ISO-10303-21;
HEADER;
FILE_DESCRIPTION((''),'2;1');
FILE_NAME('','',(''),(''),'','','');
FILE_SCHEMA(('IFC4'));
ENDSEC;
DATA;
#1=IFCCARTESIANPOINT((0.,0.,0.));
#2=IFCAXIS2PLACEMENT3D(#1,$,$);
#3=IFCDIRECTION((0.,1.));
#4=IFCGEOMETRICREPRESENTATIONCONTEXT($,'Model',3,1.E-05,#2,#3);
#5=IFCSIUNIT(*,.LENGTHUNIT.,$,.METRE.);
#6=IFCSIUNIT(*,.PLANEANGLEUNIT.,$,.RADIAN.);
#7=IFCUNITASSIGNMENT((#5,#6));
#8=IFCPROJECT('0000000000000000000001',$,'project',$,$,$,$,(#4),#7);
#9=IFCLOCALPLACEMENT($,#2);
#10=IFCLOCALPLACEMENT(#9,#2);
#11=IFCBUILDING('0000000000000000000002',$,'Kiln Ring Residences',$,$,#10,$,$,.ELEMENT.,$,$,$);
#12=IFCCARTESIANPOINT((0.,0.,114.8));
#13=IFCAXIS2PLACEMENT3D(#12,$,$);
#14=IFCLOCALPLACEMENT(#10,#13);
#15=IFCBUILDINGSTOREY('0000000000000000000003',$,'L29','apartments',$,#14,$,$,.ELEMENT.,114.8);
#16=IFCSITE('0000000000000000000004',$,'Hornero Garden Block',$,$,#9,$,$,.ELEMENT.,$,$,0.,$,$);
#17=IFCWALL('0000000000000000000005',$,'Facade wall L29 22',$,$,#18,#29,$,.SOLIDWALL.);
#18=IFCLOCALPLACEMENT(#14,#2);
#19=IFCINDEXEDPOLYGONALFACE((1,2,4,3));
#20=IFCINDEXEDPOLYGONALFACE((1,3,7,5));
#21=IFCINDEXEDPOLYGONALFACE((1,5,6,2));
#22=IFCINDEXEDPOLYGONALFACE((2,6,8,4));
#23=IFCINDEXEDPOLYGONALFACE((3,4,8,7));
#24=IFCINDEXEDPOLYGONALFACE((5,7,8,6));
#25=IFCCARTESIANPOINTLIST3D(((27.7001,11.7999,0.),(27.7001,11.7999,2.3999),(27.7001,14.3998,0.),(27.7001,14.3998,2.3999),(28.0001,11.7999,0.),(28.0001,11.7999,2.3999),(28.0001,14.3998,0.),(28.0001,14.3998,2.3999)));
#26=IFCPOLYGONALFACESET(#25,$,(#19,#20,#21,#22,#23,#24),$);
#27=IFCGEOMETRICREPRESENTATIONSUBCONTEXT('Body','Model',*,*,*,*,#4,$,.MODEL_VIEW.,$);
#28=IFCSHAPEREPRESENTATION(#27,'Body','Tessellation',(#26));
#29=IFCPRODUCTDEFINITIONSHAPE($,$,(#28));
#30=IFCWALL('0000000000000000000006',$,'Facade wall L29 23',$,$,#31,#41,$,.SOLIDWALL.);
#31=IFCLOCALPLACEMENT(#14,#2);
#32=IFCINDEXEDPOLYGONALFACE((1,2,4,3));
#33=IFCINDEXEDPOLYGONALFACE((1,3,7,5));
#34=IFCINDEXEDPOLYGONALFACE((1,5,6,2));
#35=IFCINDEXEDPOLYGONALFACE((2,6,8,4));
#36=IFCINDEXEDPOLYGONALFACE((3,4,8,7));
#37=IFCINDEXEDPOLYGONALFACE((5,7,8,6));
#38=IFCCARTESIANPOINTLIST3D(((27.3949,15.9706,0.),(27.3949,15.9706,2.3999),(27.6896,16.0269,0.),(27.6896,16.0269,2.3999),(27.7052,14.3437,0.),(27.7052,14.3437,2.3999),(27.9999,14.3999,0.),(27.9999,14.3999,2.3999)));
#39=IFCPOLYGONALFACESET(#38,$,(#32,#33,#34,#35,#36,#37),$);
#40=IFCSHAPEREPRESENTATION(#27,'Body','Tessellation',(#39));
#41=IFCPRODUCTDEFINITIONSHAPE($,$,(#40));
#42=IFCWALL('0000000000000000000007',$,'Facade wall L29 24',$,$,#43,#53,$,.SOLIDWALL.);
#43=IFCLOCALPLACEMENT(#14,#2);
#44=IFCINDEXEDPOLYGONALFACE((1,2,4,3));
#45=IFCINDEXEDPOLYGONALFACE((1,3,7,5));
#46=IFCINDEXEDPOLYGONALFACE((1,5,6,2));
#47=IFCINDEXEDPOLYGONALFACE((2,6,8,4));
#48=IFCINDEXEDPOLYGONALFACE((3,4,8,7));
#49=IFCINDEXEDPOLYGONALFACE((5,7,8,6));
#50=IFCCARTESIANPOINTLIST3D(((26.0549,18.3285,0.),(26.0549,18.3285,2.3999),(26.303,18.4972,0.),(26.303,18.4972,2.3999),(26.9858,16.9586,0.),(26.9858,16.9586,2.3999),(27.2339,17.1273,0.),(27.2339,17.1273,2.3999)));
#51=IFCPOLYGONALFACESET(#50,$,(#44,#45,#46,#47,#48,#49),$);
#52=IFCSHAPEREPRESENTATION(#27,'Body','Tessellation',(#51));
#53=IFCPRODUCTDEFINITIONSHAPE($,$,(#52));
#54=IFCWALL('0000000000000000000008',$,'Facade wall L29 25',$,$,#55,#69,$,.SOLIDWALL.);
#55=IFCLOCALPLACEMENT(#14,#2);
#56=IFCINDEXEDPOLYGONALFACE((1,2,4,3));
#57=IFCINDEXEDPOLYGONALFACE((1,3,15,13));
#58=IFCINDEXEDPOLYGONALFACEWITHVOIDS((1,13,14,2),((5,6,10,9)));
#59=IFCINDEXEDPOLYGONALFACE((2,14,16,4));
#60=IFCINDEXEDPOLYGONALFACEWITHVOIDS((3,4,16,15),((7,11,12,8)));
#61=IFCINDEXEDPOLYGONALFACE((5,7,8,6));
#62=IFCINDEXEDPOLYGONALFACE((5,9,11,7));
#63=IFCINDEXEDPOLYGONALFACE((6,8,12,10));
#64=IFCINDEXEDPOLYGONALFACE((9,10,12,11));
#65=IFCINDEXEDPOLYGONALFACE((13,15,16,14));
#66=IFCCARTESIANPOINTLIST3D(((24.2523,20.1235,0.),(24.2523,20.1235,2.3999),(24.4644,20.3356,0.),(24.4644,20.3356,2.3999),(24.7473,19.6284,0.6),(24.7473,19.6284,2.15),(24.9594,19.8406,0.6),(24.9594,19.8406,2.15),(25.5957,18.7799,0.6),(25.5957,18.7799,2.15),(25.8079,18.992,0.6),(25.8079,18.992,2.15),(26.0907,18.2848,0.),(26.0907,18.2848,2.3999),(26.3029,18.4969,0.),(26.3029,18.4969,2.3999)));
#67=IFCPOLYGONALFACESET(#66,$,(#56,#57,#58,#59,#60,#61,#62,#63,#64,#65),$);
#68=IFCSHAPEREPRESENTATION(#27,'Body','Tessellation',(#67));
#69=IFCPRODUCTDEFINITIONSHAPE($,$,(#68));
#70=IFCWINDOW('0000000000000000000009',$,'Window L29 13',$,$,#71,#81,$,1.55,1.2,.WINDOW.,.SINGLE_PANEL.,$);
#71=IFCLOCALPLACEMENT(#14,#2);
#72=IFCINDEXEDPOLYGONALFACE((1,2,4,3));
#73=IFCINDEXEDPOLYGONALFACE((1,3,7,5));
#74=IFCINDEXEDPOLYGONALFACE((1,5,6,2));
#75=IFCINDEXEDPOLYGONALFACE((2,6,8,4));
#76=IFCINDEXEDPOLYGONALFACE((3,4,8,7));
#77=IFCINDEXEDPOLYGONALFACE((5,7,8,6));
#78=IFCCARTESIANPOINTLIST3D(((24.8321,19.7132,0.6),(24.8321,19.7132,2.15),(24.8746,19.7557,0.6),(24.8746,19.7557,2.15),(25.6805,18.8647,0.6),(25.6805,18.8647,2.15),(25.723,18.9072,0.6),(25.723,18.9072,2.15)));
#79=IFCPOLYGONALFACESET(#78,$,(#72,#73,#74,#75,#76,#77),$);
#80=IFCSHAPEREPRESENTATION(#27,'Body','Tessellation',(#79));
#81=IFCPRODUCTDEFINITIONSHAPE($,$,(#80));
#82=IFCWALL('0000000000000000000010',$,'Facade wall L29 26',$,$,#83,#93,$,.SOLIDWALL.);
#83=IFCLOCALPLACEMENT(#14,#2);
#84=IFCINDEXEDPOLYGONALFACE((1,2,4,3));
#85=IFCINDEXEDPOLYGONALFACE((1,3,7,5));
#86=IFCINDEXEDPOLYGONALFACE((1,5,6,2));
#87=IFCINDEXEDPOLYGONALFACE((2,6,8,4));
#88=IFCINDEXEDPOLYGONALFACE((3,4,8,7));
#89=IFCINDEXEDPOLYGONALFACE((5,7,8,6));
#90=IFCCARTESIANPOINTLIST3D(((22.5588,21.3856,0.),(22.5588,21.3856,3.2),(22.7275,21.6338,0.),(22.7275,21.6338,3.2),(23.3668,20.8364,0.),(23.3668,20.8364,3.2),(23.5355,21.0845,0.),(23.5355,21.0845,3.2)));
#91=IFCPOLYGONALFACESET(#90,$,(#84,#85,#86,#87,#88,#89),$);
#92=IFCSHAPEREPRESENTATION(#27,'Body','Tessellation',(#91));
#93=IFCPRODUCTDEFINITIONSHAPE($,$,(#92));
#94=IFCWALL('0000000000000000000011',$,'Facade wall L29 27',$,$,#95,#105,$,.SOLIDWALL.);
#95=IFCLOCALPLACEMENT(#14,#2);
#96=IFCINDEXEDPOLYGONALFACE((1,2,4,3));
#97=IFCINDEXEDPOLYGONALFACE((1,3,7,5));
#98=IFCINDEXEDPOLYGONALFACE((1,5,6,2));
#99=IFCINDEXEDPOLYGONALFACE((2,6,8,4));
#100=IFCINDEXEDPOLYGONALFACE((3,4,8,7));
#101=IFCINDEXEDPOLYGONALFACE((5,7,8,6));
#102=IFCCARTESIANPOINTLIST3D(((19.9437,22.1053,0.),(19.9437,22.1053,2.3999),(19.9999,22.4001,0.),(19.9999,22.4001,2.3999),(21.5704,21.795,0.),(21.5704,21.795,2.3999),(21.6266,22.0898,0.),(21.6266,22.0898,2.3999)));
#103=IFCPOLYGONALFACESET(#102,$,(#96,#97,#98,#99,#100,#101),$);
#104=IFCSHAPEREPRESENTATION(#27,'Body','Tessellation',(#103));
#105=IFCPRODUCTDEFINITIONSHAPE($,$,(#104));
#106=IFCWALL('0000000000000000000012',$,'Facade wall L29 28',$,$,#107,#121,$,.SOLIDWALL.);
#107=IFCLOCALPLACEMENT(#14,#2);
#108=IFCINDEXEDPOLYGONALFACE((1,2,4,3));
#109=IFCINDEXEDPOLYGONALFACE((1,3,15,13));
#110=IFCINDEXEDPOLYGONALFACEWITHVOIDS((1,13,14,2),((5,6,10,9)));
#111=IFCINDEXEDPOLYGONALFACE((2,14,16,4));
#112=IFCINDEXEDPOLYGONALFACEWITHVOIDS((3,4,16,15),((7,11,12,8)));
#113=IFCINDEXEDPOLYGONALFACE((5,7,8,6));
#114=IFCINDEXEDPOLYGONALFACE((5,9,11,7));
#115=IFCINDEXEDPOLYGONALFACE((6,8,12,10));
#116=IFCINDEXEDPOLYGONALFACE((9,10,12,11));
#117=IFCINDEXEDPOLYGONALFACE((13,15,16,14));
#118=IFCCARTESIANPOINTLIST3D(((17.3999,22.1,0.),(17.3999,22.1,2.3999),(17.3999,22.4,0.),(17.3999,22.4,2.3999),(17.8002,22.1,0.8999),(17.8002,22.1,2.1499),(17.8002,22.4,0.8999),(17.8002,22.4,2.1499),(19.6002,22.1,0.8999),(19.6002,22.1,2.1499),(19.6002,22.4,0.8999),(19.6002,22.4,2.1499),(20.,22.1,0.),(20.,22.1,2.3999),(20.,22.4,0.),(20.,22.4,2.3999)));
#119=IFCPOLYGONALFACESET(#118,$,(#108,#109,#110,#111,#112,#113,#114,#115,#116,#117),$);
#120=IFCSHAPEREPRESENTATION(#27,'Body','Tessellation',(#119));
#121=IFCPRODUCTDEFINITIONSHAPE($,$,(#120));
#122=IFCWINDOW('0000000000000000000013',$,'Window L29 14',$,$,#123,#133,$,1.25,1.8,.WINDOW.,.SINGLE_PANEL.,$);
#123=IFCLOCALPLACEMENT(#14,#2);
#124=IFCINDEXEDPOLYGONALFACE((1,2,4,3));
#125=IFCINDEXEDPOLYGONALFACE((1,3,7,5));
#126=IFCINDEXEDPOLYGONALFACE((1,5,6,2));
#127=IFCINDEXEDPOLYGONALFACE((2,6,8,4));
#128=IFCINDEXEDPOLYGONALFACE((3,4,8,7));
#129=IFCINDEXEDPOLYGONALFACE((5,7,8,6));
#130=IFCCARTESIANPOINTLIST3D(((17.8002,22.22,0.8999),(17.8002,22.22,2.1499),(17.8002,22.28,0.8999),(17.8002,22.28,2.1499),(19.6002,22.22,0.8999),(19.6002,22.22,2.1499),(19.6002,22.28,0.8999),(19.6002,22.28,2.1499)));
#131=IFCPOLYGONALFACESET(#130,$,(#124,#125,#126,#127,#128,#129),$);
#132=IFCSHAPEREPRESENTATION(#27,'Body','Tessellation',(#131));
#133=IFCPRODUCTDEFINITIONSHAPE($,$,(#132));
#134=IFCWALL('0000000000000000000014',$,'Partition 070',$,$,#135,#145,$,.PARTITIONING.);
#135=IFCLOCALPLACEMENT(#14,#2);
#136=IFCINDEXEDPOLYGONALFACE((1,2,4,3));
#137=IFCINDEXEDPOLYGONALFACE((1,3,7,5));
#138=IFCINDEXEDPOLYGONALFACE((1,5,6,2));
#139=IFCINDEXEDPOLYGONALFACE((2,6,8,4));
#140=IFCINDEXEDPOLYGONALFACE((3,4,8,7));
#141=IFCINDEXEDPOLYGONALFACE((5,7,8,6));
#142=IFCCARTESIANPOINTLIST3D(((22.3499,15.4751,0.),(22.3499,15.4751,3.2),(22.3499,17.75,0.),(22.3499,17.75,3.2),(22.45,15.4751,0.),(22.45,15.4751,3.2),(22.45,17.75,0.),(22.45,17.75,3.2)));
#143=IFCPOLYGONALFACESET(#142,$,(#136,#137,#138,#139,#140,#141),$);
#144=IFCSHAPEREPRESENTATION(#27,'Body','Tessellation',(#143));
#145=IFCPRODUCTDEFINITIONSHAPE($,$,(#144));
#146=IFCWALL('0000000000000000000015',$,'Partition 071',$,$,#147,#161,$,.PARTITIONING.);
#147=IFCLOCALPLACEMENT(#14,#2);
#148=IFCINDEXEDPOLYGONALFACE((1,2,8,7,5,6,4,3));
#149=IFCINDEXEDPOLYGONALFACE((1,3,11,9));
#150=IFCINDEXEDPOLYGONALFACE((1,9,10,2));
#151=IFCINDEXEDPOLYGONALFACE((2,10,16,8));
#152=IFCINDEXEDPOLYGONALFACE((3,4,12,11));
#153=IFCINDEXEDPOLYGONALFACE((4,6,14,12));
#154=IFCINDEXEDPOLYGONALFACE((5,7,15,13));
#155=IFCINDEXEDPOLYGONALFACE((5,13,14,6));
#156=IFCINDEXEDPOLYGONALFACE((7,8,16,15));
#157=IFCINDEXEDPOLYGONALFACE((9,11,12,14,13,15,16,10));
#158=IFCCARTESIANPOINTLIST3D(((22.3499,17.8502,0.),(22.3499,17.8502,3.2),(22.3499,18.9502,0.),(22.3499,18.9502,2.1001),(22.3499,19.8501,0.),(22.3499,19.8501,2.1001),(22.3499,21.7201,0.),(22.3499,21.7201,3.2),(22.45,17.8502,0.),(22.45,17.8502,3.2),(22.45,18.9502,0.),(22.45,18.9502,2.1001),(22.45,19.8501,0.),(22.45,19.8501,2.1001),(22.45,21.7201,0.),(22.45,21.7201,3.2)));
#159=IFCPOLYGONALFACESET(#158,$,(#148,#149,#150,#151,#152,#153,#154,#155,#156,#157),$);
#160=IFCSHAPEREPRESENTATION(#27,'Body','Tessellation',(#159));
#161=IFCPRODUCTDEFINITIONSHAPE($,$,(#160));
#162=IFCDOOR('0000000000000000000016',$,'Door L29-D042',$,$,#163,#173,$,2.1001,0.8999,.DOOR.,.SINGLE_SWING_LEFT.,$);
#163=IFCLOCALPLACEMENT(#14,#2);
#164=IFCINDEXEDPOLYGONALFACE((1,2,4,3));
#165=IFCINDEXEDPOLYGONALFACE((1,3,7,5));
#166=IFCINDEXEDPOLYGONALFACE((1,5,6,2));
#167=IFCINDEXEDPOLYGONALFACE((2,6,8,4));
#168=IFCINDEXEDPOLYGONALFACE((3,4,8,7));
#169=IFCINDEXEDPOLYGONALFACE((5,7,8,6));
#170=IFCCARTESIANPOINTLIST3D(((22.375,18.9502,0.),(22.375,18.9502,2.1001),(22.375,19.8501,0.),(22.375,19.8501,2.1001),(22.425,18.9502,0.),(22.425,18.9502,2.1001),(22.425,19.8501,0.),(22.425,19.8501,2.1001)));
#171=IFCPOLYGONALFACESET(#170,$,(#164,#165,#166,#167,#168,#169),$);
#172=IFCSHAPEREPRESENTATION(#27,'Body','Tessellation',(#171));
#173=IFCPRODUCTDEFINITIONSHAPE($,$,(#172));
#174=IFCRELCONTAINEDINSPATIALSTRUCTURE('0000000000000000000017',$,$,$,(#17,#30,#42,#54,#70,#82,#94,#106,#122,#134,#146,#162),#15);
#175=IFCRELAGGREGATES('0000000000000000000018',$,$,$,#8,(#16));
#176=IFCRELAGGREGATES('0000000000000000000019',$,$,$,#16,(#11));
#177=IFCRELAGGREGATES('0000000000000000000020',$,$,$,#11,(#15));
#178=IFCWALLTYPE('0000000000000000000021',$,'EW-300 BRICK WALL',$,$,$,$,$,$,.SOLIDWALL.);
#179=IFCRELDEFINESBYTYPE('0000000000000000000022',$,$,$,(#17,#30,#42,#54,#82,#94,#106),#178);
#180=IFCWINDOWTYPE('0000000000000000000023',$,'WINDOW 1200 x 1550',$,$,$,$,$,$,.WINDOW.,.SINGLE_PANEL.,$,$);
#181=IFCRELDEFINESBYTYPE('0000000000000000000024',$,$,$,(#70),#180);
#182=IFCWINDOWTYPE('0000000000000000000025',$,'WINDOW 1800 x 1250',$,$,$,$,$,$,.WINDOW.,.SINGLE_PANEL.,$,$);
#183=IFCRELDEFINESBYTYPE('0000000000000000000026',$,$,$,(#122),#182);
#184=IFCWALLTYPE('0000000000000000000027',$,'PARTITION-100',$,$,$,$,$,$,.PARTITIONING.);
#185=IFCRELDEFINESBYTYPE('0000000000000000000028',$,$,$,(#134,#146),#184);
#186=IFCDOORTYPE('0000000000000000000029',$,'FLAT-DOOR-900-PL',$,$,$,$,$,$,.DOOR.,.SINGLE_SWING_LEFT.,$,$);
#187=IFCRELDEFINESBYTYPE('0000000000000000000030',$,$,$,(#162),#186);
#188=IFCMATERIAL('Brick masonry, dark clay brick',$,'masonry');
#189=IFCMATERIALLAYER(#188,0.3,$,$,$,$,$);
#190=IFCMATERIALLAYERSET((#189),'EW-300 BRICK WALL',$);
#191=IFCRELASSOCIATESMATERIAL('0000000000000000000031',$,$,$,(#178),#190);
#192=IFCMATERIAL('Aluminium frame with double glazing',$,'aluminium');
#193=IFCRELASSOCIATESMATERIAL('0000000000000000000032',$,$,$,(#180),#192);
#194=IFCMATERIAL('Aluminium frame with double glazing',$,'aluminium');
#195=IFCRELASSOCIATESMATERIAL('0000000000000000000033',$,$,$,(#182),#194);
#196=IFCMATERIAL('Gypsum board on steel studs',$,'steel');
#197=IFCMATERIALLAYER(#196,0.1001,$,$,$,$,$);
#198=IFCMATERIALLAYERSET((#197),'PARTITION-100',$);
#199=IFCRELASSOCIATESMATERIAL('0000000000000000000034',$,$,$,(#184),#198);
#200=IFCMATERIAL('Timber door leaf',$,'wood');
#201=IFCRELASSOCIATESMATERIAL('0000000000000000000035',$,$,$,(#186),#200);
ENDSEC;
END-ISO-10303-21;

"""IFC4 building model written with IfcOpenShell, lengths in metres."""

from ifc_helpers import new_model, si_unit, direction, frame, frame_2d, origin, place, context, subcontext, project, spatial, rectangle, extrude, material, layer, layer_set, type_object, element, fill, save


model = new_model("IFC4")

# Units and contexts
model_context = context("Model", 3, precision=1e-05, world=origin(), true_north=direction((0.0, 1.0)))
body_context = subcontext(model_context, "Body", "Model", "MODEL_VIEW")
ifc_project = project(units=[si_unit("LENGTHUNIT", "METRE"), si_unit("PLANEANGLEUNIT", "RADIAN")], contexts=[model_context])

# Site, building, storey
site_placement = place(None, origin())
site = spatial("IfcSite", under=ifc_project, at=site_placement, Name="Hornero Garden Block", CompositionType="ELEMENT", RefElevation=0.0)
building_placement = place(site_placement, origin())
building = spatial("IfcBuilding", under=site, at=building_placement, Name="Kiln Ring Residences", CompositionType="ELEMENT")
storey_placement = place(building_placement, frame((0.0, 0.0, 114.8)))
storey = spatial("IfcBuildingStorey", under=building, at=storey_placement, Name="L29", Description="apartments", CompositionType="ELEMENT", Elevation=114.8)

# Walls
ifc_material_1 = material(Name="Brick masonry, dark clay brick", Category="masonry")
ifc_layer_1 = layer(ifc_material_1, 0.3)
ifc_layer_set_1 = layer_set([ifc_layer_1], Name="EW-300 BRICK WALL")
wall_type_1 = type_object("IfcWallType", Name="EW-300 BRICK WALL", PredefinedType="SOLIDWALL", material=ifc_layer_set_1)
wall_1_placement = place(storey_placement, frame((27.8501, 11.8, 0.0), z_axis=(0.0, 0.0, 1.0), x_axis=(0.0, 1.0, 0.0)))
element("IfcWall", 1, at=wall_1_placement, inside=storey, type_object=wall_type_1, Name="Facade wall L29 22", PredefinedType="SOLIDWALL", context=body_context, shape_type="SweptSolid", body=[
    extrude(rectangle(XDim=2.5999, YDim=0.3, at=frame_2d((1.2998, 0.0))), origin(), (0.0, 0.0, 1.0), 2.3999),
])
for number, where, z_axis, x_axis, name in (
    (2, (27.8525, 14.3718, 0.0), (0.0, 0.0, 1.0), (-0.187349, 0.982293, 0.0), "Facade wall L29 23"),
    (3, (27.1099, 17.043, 0.0), (0.0, 0.0, 1.0), (-0.56206, 0.827096, 0.0), "Facade wall L29 24"),
):
    element("IfcWall", number, at=place(storey_placement, frame(where, z_axis=z_axis, x_axis=x_axis)), inside=storey, type_object=wall_type_1, Name=name, PredefinedType="SOLIDWALL", context=body_context, shape_type="SweptSolid", body=[
        extrude(rectangle(XDim=1.6562, YDim=0.3, at=frame_2d((0.8281, 0.0))), origin(), (0.0, 0.0, 1.0), 2.3999),
    ])

# Wall, opening, window
wall_2_placement = place(storey_placement, frame((26.1968, 18.3909, 0.0), z_axis=(0.0, 0.0, 1.0), x_axis=(-0.70706, 0.707154, 0.0)))
wall_2 = element("IfcWall", 4, at=wall_2_placement, inside=storey, type_object=wall_type_1, Name="Facade wall L29 25", PredefinedType="SOLIDWALL", context=body_context, shape_type="SweptSolid", body=[
    extrude(rectangle(XDim=2.6001, YDim=0.3, at=frame_2d((1.3, 0.0))), origin(), (0.0, 0.0, 1.0), 2.3999),
])
opening_1_placement = place(wall_2_placement, frame((0.7, 0.0, 0.6001)))
opening_1 = element("IfcOpeningElement", 5, at=opening_1_placement, cuts=wall_2, PredefinedType="OPENING", context=body_context, shape_type="SweptSolid", body=[
    extrude(rectangle(XDim=1.2, YDim=1.55, at=frame_2d((0.6001, 0.7749))), frame((0.0, 0.1599, 0.0), z_axis=(0.0, -1.0, 0.0), x_axis=(1.0, 0.0, 0.0)), (0.0, 0.0, 1.0), 0.3201),
])
ifc_material_2 = material(Name="Aluminium frame with double glazing", Category="aluminium")
window_type_1 = type_object("IfcWindowType", Name="WINDOW 1200 x 1550", PartitioningType="SINGLE_PANEL", PredefinedType="WINDOW", material=ifc_material_2)
window_1_placement = place(opening_1_placement, origin())
window_1 = element("IfcWindow", 6, at=window_1_placement, inside=storey, type_object=window_type_1, Name="Window L29 13", OverallHeight=1.55, OverallWidth=1.2, PartitioningType="SINGLE_PANEL", PredefinedType="WINDOW", context=body_context, shape_type="SweptSolid", body=[
    extrude(rectangle(XDim=1.2, YDim=1.55, at=frame_2d((0.6001, 0.7749))), frame((0.0, 0.03, 0.0), z_axis=(0.0, -1.0, 0.0), x_axis=(1.0, 0.0, 0.0)), (0.0, 0.0, 1.0), 0.0601),
])
fill(opening_1, window_1)

# Walls
wall_3_placement = place(storey_placement, frame((23.4512, 20.9604, 0.0), z_axis=(0.0, 0.0, 1.0), x_axis=(-0.827019, 0.562173, 0.0)))
element("IfcWall", 7, at=wall_3_placement, inside=storey, type_object=wall_type_1, Name="Facade wall L29 26", PredefinedType="SOLIDWALL", context=body_context, shape_type="SweptSolid", body=[
    extrude(rectangle(XDim=0.9771, YDim=0.3, at=frame_2d((0.4885, 0.0))), origin(), (0.0, 0.0, 1.0), 3.2),
])
wall_4_placement = place(storey_placement, frame((21.5986, 21.9424, 0.0), z_axis=(0.0, 0.0, 1.0), x_axis=(-0.982288, 0.187376, 0.0)))
element("IfcWall", 8, at=wall_4_placement, inside=storey, type_object=wall_type_1, Name="Facade wall L29 27", PredefinedType="SOLIDWALL", context=body_context, shape_type="SweptSolid", body=[
    extrude(rectangle(XDim=1.656, YDim=0.3, at=frame_2d((0.8281, 0.0))), origin(), (0.0, 0.0, 1.0), 2.3999),
])

# Wall, opening, window
wall_5_placement = place(storey_placement, frame((20.0, 22.25, 0.0), z_axis=(0.0, 0.0, 1.0), x_axis=(-1.0, 0.0, 0.0)))
wall_5 = element("IfcWall", 9, at=wall_5_placement, inside=storey, type_object=wall_type_1, Name="Facade wall L29 28", PredefinedType="SOLIDWALL", context=body_context, shape_type="SweptSolid", body=[
    extrude(rectangle(XDim=2.6001, YDim=0.3, at=frame_2d((1.3, 0.0))), origin(), (0.0, 0.0, 1.0), 2.3999),
])
opening_2_placement = place(wall_5_placement, frame((0.3999, 0.0, 0.8999)))
opening_2 = element("IfcOpeningElement", 10, at=opening_2_placement, cuts=wall_5, PredefinedType="OPENING", context=body_context, shape_type="SweptSolid", body=[
    extrude(rectangle(XDim=1.8, YDim=1.25, at=frame_2d((0.8999, 0.625))), frame((0.0, 0.1599, 0.0), z_axis=(0.0, -1.0, 0.0), x_axis=(1.0, 0.0, 0.0)), (0.0, 0.0, 1.0), 0.3201),
])
ifc_material_3 = material(Name="Aluminium frame with double glazing", Category="aluminium")
window_type_2 = type_object("IfcWindowType", Name="WINDOW 1800 x 1250", PartitioningType="SINGLE_PANEL", PredefinedType="WINDOW", material=ifc_material_3)
window_2_placement = place(opening_2_placement, origin())
window_2 = element("IfcWindow", 11, at=window_2_placement, inside=storey, type_object=window_type_2, Name="Window L29 14", OverallHeight=1.25, OverallWidth=1.8, PartitioningType="SINGLE_PANEL", PredefinedType="WINDOW", context=body_context, shape_type="SweptSolid", body=[
    extrude(rectangle(XDim=1.8, YDim=1.25, at=frame_2d((0.8999, 0.625))), frame((0.0, 0.03, 0.0), z_axis=(0.0, -1.0, 0.0), x_axis=(1.0, 0.0, 0.0)), (0.0, 0.0, 1.0), 0.0601),
])
fill(opening_2, window_2)

# Wall
ifc_material_4 = material(Name="Gypsum board on steel studs", Category="steel")
ifc_layer_2 = layer(ifc_material_4, 0.1001)
ifc_layer_set_2 = layer_set([ifc_layer_2], Name="PARTITION-100")
wall_type_2 = type_object("IfcWallType", Name="PARTITION-100", PredefinedType="PARTITIONING", material=ifc_layer_set_2)
wall_6_placement = place(storey_placement, frame((22.3999, 15.4751, 0.0), z_axis=(0.0, 0.0, 1.0), x_axis=(0.0, 1.0, 0.0)))
element("IfcWall", 12, at=wall_6_placement, inside=storey, type_object=wall_type_2, Name="Partition 070", PredefinedType="PARTITIONING", context=body_context, shape_type="SweptSolid", body=[
    extrude(rectangle(XDim=2.2749, YDim=0.1001, at=frame_2d((1.1375, 0.0))), origin(), (0.0, 0.0, 1.0), 3.2),
])

# Wall, opening, door
wall_7_placement = place(storey_placement, frame((22.3999, 17.8501, 0.0), z_axis=(0.0, 0.0, 1.0), x_axis=(0.0, 1.0, 0.0)))
wall_7 = element("IfcWall", 13, at=wall_7_placement, inside=storey, type_object=wall_type_2, Name="Partition 071", PredefinedType="PARTITIONING", context=body_context, shape_type="SweptSolid", body=[
    extrude(rectangle(XDim=3.8699, YDim=0.1001, at=frame_2d((1.9351, 0.0))), origin(), (0.0, 0.0, 1.0), 3.2),
])
opening_3_placement = place(wall_7_placement, frame((1.1001, 0.0, 0.0)))
opening_3 = element("IfcOpeningElement", 14, at=opening_3_placement, cuts=wall_7, PredefinedType="OPENING", context=body_context, shape_type="SweptSolid", body=[
    extrude(rectangle(XDim=0.8999, YDim=2.1001, at=frame_2d((0.45, 1.05))), frame((0.0, 0.0601, 0.0), z_axis=(0.0, -1.0, 0.0), x_axis=(1.0, 0.0, 0.0)), (0.0, 0.0, 1.0), 0.1201),
])
ifc_material_5 = material(Name="Timber door leaf", Category="wood")
door_type_1 = type_object("IfcDoorType", Name="FLAT-DOOR-900-PL", OperationType="SINGLE_SWING_LEFT", PredefinedType="DOOR", material=ifc_material_5)
door_1_placement = place(opening_3_placement, origin())
door_1 = element("IfcDoor", 15, at=door_1_placement, inside=storey, type_object=door_type_1, Name="Door L29-D042", OperationType="SINGLE_SWING_LEFT", OverallHeight=2.1001, OverallWidth=0.8999, PredefinedType="DOOR", context=body_context, shape_type="SweptSolid", body=[
    extrude(rectangle(XDim=0.8999, YDim=2.1001, at=frame_2d((0.45, 1.05))), frame((0.0, 0.0249, 0.0), z_axis=(0.0, -1.0, 0.0), x_axis=(1.0, 0.0, 0.0)), (0.0, 0.0, 1.0), 0.05),
])
fill(opening_3, door_1)

save(model, "model.ifc")
